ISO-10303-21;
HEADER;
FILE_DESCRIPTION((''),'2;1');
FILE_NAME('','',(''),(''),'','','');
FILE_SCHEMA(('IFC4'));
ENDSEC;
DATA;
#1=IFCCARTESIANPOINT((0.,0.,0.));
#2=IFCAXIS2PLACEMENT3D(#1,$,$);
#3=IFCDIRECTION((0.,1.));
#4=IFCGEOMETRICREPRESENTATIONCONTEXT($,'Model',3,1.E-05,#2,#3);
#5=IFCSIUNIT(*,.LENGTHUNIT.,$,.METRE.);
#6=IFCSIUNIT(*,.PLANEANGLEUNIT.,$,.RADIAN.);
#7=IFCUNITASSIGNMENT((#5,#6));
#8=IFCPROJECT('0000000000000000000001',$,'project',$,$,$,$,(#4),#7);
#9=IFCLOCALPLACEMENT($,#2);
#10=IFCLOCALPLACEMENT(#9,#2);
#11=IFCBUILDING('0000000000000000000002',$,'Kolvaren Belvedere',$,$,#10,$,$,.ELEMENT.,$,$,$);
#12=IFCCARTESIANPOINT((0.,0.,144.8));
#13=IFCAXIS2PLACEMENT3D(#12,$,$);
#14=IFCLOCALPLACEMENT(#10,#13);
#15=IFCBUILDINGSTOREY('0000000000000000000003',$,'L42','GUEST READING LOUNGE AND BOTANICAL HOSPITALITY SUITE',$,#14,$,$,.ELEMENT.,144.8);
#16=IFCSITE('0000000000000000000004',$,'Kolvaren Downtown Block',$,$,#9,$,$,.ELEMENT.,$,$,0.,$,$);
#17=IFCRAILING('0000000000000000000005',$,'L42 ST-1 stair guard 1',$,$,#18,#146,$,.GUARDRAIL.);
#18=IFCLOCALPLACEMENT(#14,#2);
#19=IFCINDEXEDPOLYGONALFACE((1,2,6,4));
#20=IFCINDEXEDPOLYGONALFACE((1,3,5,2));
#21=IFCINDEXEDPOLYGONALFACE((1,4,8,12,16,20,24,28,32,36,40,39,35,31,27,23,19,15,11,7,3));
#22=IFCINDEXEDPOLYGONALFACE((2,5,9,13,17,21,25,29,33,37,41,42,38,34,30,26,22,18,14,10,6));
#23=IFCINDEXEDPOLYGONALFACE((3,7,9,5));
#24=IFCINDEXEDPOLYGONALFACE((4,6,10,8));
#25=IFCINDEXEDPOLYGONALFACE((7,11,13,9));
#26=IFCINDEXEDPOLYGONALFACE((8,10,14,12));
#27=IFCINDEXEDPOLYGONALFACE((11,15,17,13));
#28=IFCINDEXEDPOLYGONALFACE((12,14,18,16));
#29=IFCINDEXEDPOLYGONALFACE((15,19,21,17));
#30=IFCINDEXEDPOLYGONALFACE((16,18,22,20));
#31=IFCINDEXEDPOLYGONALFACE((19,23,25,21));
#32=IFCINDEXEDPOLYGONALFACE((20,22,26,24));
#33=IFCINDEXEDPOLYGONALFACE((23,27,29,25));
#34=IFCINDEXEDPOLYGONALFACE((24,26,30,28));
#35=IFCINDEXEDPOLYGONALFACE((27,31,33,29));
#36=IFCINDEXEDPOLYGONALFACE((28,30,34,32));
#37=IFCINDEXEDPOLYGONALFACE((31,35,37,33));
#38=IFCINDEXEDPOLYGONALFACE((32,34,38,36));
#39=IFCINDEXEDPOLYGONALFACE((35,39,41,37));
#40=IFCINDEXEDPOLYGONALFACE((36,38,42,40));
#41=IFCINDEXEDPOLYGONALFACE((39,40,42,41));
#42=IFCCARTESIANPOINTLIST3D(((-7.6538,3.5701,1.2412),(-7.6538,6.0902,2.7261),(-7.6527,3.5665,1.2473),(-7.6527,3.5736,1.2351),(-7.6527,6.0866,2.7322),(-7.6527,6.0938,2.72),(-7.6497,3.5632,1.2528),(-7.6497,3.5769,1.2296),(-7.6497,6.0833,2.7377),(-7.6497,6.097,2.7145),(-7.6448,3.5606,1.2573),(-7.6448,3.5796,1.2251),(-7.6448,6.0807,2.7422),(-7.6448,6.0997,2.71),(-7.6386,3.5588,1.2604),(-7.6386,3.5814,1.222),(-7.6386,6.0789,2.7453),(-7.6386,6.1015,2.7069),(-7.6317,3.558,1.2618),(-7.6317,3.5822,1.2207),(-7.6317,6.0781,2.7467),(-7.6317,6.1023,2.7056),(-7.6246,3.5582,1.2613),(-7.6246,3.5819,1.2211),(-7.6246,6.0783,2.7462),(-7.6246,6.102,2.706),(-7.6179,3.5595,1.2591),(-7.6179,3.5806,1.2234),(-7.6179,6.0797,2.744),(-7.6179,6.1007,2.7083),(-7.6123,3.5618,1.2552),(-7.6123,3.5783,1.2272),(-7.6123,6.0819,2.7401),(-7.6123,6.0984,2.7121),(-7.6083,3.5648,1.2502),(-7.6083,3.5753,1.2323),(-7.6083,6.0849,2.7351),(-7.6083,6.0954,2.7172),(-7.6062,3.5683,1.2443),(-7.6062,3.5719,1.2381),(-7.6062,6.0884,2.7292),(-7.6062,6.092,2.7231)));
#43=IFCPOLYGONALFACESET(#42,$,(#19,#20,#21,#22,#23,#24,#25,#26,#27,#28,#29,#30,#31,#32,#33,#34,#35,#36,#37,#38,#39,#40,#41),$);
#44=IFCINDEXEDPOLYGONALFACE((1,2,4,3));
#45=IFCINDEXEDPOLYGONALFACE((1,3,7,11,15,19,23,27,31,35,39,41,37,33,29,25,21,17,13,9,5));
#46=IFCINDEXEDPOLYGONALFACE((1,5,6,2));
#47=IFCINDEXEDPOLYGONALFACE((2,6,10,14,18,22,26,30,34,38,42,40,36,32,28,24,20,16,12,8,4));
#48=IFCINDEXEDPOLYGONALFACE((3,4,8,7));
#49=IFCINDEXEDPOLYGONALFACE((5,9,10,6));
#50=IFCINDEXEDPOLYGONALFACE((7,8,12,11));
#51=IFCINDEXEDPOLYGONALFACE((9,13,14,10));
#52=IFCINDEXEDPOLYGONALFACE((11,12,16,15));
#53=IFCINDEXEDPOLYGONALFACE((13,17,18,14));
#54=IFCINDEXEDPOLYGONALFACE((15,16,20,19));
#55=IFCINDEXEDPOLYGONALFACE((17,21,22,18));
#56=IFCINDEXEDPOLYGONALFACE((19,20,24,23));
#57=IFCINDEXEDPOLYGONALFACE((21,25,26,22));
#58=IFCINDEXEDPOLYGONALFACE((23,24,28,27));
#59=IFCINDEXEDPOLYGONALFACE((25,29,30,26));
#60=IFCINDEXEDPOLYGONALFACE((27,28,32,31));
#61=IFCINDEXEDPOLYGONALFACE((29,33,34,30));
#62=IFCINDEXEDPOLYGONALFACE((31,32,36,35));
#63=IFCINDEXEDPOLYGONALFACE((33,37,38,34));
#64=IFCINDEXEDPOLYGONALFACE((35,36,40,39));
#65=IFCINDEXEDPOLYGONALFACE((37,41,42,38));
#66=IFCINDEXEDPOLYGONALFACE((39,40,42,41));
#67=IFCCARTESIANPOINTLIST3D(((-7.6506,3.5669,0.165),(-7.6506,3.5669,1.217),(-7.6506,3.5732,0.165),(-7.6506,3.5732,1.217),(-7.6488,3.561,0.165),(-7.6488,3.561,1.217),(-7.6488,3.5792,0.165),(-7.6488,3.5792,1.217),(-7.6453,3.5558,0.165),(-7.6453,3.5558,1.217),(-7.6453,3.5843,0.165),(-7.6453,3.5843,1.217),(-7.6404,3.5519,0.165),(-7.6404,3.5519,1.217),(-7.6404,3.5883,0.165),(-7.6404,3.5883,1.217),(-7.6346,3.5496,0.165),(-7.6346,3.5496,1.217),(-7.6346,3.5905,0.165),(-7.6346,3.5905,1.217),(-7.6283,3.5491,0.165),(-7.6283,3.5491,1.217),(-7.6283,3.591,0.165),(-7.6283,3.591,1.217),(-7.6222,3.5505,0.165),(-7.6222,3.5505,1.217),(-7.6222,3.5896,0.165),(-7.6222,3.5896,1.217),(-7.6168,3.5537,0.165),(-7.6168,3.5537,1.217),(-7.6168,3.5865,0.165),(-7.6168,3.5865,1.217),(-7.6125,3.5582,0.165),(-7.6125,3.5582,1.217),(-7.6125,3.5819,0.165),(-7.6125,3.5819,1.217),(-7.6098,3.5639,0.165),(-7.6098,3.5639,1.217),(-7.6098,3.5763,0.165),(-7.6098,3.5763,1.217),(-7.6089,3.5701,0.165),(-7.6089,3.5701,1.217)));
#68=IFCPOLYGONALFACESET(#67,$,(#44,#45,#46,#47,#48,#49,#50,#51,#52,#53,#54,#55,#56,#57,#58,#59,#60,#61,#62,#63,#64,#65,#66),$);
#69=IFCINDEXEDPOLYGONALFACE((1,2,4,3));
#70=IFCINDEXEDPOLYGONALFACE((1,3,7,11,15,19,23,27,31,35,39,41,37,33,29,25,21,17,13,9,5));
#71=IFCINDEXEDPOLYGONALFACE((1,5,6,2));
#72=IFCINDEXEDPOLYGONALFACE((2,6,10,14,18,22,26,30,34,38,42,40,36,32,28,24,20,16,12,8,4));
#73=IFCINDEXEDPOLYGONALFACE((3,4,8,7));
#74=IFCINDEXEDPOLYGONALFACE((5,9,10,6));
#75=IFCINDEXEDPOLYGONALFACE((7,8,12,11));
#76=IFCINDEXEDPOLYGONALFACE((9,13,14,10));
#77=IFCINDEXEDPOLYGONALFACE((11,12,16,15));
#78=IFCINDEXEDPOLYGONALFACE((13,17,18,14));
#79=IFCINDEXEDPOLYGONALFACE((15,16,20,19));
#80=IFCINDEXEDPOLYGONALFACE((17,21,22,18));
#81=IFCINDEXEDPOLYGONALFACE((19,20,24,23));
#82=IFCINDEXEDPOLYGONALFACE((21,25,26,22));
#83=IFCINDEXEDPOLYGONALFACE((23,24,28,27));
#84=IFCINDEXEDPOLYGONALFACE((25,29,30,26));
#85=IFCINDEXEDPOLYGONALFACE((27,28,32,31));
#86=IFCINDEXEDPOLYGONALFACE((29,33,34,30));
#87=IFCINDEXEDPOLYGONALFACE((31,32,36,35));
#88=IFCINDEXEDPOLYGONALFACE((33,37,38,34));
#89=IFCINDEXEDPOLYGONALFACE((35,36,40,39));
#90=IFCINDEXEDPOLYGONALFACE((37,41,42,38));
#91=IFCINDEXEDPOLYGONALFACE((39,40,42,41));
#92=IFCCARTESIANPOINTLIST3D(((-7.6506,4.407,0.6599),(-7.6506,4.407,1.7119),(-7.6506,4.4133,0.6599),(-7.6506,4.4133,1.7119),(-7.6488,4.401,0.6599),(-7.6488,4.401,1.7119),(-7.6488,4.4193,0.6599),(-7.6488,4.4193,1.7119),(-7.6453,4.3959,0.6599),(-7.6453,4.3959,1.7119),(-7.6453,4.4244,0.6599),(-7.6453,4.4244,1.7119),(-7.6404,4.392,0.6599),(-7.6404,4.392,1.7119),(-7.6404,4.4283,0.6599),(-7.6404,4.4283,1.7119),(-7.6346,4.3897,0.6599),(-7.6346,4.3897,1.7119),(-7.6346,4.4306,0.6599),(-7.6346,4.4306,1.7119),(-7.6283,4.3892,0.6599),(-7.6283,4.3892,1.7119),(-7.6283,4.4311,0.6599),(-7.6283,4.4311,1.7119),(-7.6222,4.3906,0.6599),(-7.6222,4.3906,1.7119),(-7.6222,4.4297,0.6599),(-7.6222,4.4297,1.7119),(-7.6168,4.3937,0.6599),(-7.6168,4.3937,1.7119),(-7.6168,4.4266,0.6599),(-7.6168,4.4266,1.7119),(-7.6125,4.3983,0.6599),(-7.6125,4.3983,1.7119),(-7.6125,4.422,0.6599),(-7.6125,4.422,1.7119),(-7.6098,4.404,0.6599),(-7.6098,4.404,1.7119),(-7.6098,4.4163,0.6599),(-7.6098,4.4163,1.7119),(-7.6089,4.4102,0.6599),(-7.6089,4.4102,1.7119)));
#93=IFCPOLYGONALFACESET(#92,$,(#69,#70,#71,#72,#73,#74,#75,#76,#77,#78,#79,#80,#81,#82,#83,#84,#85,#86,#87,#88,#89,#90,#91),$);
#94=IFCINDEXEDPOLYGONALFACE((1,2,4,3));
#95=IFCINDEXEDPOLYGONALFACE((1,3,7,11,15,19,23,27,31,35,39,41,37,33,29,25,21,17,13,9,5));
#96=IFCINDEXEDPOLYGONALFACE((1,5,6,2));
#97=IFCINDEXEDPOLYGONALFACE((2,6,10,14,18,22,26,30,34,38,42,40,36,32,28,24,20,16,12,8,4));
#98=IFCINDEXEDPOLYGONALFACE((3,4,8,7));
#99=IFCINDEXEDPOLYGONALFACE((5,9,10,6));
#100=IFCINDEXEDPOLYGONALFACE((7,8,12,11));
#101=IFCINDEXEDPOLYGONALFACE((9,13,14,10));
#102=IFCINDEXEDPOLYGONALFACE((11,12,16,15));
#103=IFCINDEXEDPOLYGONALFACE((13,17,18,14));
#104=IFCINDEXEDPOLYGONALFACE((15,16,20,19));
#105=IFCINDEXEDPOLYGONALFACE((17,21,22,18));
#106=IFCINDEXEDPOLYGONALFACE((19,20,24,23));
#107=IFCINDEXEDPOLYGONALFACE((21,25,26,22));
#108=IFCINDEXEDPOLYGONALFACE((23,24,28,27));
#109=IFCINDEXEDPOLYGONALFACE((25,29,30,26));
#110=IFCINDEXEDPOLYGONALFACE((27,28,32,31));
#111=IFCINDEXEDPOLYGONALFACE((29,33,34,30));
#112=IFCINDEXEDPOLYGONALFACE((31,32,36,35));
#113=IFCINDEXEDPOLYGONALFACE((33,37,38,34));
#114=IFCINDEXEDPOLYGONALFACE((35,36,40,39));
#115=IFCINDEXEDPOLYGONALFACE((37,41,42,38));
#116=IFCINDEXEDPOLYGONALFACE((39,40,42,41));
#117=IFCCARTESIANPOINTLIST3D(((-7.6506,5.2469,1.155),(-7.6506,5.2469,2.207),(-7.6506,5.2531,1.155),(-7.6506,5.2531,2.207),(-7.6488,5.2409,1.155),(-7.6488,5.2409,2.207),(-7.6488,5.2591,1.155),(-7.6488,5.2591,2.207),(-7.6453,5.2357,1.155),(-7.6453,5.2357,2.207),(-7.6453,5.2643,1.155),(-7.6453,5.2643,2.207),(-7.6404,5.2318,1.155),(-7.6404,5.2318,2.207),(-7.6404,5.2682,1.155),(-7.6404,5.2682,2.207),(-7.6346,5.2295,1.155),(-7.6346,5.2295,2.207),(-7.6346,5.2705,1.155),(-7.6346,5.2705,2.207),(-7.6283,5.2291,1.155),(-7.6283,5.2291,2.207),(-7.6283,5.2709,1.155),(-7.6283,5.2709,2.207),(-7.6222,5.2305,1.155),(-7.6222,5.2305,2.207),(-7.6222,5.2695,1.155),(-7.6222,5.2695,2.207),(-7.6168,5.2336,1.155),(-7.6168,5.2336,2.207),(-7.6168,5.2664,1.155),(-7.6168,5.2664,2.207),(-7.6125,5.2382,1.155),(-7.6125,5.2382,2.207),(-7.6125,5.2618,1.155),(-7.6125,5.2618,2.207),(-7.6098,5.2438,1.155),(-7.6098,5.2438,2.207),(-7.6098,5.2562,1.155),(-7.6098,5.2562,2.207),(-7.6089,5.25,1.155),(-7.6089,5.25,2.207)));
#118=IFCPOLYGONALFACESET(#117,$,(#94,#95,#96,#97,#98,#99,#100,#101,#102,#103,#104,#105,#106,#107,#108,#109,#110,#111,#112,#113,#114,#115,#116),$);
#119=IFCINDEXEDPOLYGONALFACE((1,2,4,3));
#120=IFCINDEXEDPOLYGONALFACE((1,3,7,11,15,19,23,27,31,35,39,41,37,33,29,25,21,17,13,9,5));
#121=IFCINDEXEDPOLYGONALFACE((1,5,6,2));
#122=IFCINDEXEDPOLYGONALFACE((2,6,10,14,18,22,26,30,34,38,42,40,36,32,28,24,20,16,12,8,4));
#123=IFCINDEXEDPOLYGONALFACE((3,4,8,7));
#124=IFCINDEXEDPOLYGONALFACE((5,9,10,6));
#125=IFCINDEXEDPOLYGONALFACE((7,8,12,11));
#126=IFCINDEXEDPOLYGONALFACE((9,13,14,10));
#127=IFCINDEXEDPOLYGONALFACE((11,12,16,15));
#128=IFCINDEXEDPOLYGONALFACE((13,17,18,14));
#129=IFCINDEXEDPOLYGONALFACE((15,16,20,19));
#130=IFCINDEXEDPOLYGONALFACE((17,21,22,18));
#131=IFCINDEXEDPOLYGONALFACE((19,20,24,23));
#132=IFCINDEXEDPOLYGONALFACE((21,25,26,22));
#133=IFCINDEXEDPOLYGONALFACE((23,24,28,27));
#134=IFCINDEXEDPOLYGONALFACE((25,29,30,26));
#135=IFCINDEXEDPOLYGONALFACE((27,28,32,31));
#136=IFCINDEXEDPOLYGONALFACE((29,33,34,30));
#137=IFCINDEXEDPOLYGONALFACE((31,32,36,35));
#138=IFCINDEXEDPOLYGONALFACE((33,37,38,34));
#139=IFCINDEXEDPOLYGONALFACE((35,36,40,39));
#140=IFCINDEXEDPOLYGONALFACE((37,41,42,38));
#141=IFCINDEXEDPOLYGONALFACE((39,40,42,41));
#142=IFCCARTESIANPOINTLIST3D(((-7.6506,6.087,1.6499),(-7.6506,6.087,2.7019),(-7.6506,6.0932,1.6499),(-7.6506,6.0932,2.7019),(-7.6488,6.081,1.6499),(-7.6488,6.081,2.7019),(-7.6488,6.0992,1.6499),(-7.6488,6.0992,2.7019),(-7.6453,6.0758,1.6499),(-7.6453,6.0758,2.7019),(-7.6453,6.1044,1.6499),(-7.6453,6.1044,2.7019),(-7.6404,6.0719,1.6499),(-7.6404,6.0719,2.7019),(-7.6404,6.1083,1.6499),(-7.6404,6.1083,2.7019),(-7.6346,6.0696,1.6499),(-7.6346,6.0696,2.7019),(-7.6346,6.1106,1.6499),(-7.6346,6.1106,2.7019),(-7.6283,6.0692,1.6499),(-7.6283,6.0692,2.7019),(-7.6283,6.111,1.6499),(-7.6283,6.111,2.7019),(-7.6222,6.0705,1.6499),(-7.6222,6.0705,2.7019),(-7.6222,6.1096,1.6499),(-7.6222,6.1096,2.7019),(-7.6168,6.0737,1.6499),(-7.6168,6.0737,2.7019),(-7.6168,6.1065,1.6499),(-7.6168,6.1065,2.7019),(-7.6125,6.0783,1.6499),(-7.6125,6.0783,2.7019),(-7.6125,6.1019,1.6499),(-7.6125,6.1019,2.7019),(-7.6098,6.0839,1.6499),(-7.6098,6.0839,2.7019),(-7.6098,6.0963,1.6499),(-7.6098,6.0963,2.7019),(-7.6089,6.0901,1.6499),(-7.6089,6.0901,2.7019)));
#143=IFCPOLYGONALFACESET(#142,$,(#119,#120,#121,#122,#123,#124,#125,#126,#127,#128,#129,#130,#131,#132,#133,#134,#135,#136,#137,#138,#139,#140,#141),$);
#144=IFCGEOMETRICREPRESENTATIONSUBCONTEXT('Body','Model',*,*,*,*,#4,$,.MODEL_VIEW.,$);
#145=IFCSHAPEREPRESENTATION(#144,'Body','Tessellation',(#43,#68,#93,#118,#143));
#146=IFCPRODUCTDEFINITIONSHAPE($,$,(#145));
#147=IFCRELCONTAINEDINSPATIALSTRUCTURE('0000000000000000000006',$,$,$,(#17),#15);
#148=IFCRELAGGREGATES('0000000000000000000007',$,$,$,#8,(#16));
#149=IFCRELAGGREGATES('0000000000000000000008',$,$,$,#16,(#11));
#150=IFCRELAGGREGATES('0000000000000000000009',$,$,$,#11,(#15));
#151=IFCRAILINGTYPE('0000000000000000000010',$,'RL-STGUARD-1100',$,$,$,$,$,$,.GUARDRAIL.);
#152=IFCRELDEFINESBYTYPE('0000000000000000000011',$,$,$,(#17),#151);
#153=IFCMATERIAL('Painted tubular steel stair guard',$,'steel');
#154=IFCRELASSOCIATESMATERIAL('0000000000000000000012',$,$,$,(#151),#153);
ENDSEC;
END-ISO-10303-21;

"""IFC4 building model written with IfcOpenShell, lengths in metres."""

from ifc_helpers import new_model, si_unit, direction, frame, origin, origin_2d, place, context, subcontext, project, spatial, circle, extrude, material, type_object, element, save


model = new_model("IFC4")

# Units and contexts
model_context = context("Model", 3, precision=1e-05, world=origin(), true_north=direction((0.0, 1.0)))
body_context = subcontext(model_context, "Body", "Model", "MODEL_VIEW")
ifc_project = project(units=[si_unit("LENGTHUNIT", "METRE"), si_unit("PLANEANGLEUNIT", "RADIAN")], contexts=[model_context])

# Site, building, storey
site_placement = place(None, origin())
site = spatial("IfcSite", under=ifc_project, at=site_placement, Name="Kolvaren Downtown Block", CompositionType="ELEMENT", RefElevation=0.0)
building_placement = place(site_placement, origin())
building = spatial("IfcBuilding", under=site, at=building_placement, Name="Kolvaren Belvedere", CompositionType="ELEMENT")
storey_placement = place(building_placement, frame((0.0, 0.0, 144.8)))
storey = spatial("IfcBuildingStorey", under=building, at=storey_placement, Name="L42", Description="GUEST READING LOUNGE AND BOTANICAL HOSPITALITY SUITE", CompositionType="ELEMENT", Elevation=144.8)

# Railing
ifc_material_1 = material(Name="Painted tubular steel stair guard", Category="steel")
railing_type_1 = type_object("IfcRailingType", Name="RL-STGUARD-1100", PredefinedType="GUARDRAIL", material=ifc_material_1)
railing_1_placement = place(storey_placement, frame((-7.6299, 3.5701, 0.165)))
element("IfcRailing", 1, at=railing_1_placement, inside=storey, type_object=railing_type_1, Name="L42 ST-1 stair guard 1", PredefinedType="GUARDRAIL", context=body_context, shape_type="SweptSolid", body=[
    extrude(circle(Radius=0.0239, at=origin_2d()), frame((0.0, 0.0, 1.0762), z_axis=(0.0, 0.861561, 0.507655), x_axis=(-1.0, 0.0, 0.0)), (0.0, 0.0, 1.0), 2.925),
    extrude(circle(Radius=0.021, at=origin_2d()), origin(), (0.0, 0.0, 1.0), 1.052),
    extrude(circle(Radius=0.021, at=origin_2d()), frame((0.0, 0.8401, 0.4949)), (0.0, 0.0, 1.0), 1.052),
    extrude(circle(Radius=0.021, at=origin_2d()), frame((0.0, 1.6799, 0.99)), (0.0, 0.0, 1.0), 1.052),
    extrude(circle(Radius=0.021, at=origin_2d()), frame((0.0, 2.52, 1.4849)), (0.0, 0.0, 1.0), 1.052),
])

save(model, "model.ifc")
